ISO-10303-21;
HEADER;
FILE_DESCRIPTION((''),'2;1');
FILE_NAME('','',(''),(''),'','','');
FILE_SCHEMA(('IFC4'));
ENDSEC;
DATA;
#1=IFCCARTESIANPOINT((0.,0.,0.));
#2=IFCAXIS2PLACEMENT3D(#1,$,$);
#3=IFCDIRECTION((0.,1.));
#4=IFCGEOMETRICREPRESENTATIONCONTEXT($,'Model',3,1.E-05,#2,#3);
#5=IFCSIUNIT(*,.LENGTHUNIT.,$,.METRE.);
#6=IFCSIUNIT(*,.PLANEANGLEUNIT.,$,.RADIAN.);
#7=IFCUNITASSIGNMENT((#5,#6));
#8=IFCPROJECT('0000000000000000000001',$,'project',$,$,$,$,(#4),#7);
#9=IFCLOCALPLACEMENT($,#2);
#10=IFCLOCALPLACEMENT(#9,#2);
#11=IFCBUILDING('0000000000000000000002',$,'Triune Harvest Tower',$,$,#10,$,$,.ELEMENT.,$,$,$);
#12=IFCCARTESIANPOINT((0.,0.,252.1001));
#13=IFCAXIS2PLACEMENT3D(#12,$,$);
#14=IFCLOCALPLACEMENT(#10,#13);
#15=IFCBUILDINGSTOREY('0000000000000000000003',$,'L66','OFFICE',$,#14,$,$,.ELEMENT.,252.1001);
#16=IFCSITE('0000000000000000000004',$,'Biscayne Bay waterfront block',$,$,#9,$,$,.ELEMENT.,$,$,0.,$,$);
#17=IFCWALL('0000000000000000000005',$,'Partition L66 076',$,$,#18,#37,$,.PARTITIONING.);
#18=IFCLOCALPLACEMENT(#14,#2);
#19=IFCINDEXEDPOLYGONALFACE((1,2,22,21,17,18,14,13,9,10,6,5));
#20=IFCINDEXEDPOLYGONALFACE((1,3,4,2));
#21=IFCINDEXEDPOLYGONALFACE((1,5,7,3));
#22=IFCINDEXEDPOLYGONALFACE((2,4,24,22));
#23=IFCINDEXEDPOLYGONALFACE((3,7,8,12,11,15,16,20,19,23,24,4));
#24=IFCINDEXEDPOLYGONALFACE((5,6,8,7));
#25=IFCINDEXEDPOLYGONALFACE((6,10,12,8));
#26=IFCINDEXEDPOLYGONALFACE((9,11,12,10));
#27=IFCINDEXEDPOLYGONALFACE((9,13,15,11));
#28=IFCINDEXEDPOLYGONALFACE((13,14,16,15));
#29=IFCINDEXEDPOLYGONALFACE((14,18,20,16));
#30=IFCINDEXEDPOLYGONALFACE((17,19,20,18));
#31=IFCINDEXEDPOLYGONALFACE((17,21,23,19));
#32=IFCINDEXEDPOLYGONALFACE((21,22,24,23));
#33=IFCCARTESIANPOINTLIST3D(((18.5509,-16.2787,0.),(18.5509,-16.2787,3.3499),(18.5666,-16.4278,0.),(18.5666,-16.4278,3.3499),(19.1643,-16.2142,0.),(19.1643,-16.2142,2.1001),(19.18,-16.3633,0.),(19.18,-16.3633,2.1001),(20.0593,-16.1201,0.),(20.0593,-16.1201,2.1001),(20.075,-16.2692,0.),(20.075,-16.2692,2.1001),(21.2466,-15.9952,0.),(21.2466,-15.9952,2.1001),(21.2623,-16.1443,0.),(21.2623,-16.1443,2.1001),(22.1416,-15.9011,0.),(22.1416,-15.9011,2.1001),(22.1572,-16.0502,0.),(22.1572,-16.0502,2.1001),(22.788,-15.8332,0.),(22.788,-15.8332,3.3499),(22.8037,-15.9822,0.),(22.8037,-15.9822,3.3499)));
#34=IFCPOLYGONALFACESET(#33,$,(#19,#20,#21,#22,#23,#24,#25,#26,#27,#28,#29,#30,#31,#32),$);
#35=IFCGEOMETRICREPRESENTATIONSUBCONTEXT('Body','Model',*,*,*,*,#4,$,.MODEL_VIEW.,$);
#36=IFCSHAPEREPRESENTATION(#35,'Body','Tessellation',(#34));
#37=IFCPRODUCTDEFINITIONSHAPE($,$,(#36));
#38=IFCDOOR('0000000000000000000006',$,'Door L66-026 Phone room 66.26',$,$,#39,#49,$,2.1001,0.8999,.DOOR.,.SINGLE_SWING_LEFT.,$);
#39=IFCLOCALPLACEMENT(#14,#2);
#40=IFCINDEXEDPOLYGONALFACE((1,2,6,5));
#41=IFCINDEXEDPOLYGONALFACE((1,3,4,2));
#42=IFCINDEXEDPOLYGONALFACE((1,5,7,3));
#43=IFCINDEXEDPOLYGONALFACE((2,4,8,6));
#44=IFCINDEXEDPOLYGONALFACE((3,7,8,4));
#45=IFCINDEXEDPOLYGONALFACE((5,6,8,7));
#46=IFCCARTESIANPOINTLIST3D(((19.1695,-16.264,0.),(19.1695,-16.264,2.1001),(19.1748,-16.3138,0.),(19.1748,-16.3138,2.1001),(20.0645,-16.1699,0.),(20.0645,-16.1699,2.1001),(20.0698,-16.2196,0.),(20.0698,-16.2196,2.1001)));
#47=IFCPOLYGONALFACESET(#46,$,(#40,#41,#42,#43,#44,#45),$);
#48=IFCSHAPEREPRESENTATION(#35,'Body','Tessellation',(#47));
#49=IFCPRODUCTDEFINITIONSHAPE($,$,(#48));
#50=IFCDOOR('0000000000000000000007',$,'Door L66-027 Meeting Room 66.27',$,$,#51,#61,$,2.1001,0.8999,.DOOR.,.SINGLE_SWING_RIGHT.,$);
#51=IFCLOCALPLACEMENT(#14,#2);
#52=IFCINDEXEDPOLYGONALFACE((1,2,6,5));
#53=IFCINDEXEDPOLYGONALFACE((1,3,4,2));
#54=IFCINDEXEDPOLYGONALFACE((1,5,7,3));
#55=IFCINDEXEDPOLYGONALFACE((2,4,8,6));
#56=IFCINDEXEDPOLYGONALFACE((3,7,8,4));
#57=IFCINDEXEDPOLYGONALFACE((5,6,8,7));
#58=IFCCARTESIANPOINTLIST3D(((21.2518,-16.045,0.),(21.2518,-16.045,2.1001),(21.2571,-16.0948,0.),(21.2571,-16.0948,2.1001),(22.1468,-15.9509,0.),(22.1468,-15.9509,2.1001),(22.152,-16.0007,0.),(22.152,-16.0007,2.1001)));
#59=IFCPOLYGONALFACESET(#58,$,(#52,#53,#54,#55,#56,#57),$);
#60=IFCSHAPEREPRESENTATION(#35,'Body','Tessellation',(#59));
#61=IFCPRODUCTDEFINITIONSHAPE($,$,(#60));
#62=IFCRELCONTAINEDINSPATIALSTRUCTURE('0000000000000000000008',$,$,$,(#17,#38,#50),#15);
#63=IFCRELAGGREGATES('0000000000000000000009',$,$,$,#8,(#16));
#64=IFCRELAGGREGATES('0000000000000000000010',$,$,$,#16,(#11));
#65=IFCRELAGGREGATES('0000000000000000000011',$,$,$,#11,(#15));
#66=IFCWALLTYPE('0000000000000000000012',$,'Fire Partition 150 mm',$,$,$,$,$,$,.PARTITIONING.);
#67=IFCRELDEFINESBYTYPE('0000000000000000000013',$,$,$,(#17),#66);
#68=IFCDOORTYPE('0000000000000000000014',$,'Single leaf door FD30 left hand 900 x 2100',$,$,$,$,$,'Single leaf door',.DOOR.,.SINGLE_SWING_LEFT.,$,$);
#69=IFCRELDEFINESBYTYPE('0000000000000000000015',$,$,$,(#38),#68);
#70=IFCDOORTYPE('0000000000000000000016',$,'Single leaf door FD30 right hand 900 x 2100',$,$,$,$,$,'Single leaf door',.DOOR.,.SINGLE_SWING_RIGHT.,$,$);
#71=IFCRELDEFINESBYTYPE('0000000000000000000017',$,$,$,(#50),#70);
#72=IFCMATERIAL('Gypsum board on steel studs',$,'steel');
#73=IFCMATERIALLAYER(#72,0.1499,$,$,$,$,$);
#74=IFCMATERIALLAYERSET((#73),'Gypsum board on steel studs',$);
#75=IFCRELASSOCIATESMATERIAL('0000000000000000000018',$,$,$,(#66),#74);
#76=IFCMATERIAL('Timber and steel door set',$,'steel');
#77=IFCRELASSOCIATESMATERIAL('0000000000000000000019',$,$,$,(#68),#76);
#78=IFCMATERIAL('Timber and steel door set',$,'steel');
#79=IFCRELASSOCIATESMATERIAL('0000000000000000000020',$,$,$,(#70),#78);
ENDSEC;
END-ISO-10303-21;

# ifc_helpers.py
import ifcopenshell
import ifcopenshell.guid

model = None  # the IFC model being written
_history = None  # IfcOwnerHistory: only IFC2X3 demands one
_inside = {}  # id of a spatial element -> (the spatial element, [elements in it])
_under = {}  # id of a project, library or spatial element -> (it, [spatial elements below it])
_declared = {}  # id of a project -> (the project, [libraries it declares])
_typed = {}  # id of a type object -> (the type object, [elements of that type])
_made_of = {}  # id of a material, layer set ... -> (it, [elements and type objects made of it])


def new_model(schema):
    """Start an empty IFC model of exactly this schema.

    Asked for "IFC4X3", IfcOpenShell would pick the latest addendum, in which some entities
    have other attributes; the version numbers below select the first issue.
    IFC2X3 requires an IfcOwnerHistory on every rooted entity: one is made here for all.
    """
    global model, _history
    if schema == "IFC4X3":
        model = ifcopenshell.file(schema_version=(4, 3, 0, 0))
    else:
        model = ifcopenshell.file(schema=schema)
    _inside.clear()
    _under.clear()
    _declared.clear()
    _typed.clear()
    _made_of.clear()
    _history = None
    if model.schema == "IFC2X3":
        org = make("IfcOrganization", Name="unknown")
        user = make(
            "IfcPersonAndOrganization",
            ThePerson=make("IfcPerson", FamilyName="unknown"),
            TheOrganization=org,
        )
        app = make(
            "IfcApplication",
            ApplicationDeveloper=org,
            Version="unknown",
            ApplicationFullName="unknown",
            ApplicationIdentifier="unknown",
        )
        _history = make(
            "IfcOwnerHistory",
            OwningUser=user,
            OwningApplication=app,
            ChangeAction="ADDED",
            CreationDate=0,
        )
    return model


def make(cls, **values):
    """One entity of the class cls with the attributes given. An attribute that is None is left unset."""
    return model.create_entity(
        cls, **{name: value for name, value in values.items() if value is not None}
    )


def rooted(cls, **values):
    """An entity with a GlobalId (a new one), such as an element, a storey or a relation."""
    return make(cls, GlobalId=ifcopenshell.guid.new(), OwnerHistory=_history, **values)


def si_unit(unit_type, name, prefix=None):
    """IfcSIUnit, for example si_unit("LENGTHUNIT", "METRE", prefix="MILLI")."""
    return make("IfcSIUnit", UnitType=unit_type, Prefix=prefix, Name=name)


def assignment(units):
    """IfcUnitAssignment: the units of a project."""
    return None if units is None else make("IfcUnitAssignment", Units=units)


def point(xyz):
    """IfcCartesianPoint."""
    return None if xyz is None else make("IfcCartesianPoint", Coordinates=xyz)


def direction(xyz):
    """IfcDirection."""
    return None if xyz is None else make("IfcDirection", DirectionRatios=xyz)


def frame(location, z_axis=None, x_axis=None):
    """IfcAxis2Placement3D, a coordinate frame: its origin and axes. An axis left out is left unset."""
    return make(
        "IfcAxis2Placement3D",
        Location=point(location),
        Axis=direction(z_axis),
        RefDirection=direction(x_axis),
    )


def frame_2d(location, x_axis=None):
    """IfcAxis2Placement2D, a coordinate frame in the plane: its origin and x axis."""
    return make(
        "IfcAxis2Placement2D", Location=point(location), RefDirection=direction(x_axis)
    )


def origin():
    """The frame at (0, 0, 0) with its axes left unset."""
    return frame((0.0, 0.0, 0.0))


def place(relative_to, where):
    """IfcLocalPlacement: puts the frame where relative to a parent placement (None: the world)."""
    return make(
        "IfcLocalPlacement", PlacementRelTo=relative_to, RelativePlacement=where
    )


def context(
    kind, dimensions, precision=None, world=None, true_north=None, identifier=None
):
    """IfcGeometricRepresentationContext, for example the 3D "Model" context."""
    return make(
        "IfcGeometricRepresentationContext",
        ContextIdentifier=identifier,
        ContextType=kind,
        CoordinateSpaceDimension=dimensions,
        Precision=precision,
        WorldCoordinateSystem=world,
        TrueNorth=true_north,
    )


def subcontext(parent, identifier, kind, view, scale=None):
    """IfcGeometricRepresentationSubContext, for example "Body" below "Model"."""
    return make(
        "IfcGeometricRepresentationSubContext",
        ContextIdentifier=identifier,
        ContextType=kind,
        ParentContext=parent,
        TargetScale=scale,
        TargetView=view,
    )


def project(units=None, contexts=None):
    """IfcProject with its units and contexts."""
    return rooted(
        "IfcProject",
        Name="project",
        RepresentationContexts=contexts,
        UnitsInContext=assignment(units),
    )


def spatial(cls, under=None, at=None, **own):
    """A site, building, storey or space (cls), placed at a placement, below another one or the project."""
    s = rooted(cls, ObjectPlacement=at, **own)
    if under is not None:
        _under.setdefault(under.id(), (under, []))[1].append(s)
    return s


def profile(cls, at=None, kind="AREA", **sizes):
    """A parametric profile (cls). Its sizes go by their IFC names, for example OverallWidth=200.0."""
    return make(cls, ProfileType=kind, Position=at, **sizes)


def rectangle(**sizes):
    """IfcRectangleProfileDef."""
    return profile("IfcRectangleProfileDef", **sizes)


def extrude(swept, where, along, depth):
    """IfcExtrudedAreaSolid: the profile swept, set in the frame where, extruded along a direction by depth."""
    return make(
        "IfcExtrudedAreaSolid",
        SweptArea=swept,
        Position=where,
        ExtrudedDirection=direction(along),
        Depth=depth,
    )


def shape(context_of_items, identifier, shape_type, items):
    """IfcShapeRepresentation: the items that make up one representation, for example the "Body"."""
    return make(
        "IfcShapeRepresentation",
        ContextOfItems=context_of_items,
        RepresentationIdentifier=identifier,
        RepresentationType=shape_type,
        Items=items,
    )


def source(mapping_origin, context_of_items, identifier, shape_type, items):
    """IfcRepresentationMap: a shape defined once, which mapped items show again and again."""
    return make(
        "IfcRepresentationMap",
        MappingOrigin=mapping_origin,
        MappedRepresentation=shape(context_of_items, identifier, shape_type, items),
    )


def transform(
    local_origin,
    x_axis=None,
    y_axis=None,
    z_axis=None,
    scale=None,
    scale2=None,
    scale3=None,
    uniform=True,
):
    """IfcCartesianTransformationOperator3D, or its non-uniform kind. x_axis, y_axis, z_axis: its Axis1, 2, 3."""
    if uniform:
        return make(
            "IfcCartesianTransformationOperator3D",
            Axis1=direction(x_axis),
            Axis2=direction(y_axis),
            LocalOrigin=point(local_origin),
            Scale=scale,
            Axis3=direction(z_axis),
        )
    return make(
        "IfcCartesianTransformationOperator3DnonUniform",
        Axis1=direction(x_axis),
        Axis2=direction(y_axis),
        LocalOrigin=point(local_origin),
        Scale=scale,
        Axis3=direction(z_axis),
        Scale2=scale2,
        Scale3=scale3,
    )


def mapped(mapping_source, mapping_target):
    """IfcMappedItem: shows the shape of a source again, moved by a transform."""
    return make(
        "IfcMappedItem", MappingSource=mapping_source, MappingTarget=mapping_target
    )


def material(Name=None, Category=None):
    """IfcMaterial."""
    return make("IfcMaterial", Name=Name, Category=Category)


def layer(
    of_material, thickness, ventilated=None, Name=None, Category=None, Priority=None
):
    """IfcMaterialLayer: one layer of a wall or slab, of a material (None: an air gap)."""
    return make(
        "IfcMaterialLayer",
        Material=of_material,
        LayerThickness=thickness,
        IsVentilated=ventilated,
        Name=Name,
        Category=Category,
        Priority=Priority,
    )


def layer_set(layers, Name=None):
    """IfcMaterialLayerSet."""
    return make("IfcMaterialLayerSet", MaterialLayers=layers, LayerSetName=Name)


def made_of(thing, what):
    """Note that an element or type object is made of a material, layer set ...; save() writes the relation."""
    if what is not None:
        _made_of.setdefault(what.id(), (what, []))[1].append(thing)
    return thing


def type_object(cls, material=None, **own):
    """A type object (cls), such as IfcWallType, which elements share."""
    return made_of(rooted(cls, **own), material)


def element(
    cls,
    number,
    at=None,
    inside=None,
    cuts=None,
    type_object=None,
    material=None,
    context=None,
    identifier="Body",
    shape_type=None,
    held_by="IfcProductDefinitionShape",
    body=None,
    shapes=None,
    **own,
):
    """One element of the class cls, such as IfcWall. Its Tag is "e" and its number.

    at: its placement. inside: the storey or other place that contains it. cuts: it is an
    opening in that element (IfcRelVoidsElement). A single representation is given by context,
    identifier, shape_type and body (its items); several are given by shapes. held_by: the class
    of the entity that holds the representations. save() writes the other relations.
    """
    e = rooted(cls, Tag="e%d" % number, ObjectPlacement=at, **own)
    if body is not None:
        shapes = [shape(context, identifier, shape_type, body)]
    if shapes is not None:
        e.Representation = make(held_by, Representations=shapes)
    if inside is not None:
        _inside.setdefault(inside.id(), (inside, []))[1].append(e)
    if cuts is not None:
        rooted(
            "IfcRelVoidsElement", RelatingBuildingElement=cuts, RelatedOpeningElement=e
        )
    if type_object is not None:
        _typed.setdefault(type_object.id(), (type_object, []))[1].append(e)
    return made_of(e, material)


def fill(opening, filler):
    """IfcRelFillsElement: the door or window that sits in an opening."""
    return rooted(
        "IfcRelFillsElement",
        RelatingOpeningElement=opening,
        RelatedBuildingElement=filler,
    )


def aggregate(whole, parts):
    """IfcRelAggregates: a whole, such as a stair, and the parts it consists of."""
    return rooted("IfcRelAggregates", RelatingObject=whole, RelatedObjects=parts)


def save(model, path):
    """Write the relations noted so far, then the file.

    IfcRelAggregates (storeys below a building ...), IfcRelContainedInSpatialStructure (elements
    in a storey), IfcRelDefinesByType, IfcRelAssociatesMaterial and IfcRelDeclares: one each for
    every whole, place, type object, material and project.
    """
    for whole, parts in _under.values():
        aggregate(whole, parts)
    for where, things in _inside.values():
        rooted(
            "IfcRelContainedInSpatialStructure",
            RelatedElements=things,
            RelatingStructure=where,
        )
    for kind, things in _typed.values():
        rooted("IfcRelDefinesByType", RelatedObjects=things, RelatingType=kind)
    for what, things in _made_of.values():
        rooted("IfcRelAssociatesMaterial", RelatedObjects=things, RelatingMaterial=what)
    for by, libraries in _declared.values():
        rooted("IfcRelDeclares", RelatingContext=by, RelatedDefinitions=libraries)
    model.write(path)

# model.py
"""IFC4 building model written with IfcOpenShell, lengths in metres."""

from ifc_helpers import new_model, si_unit, direction, frame, frame_2d, origin, place, context, subcontext, project, spatial, rectangle, extrude, source, transform, mapped, material, layer, layer_set, type_object, element, fill, save


model = new_model("IFC4")

# Units and contexts
model_context = context("Model", 3, precision=1e-05, world=origin(), true_north=direction((0.0, 1.0)))
body_context = subcontext(model_context, "Body", "Model", "MODEL_VIEW")
ifc_project = project(units=[si_unit("LENGTHUNIT", "METRE"), si_unit("PLANEANGLEUNIT", "RADIAN")], contexts=[model_context])

# Site, building, storey
site_placement = place(None, origin())
site = spatial("IfcSite", under=ifc_project, at=site_placement, Name="Biscayne Bay waterfront block", CompositionType="ELEMENT", RefElevation=0.0)
building_placement = place(site_placement, origin())
building = spatial("IfcBuilding", under=site, at=building_placement, Name="Triune Harvest Tower", CompositionType="ELEMENT")
storey_placement = place(building_placement, frame((0.0, 0.0, 252.1001)))
storey = spatial("IfcBuildingStorey", under=building, at=storey_placement, Name="L66", Description="OFFICE", CompositionType="ELEMENT", Elevation=252.1001)

# Shared definitions
ifc_material_1 = material(Name="Gypsum board on steel studs", Category="steel")
ifc_layer_1 = layer(ifc_material_1, 0.1499)
ifc_layer_set_1 = layer_set([ifc_layer_1], Name="Gypsum board on steel studs")
wall_type_1 = type_object("IfcWallType", Name="Fire Partition 150 mm", PredefinedType="PARTITIONING", material=ifc_layer_set_1)

# Wall, openings, doors
shared_shape_1 = source(origin(), body_context, "Body", "SweptSolid", [
    extrude(rectangle(XDim=4.2605, YDim=0.1499, at=frame_2d((2.1304, 0.0))), origin(), (0.0, 0.0, 1.0), 3.3499),
])
wall_1_placement = place(storey_placement, frame((18.5586, -16.3533, 0.0), z_axis=(0.0, 0.0, 1.0), x_axis=(0.994516, 0.10458, 0.0)))
wall_1 = element("IfcWall", 1, at=wall_1_placement, inside=storey, type_object=wall_type_1, Name="Partition L66 076", PredefinedType="PARTITIONING", context=body_context, shape_type="MappedRepresentation", body=[
    mapped(shared_shape_1, transform((0.0, 0.0, 0.0), scale=1.0)),
])
opening_1_placement = place(wall_1_placement, frame((0.6169, 0.0, 0.0)))
opening_1 = element("IfcOpeningElement", 2, at=opening_1_placement, cuts=wall_1, PredefinedType="OPENING", context=body_context, shape_type="SweptSolid", body=[
    extrude(rectangle(XDim=0.8999, YDim=2.1001, at=frame_2d((0.45, 1.05))), frame((0.0, 0.085, 0.0), z_axis=(0.0, -1.0, 0.0), x_axis=(1.0, 0.0, 0.0)), (0.0, 0.0, 1.0), 0.1699),
])
opening_2_placement = place(wall_1_placement, frame((2.7107, 0.0, 0.0)))
opening_2 = element("IfcOpeningElement", 3, at=opening_2_placement, cuts=wall_1, PredefinedType="OPENING", context=body_context, shape_type="SweptSolid", body=[
    extrude(rectangle(XDim=0.8999, YDim=2.1001, at=frame_2d((0.45, 1.05))), frame((0.0, 0.085, 0.0), z_axis=(0.0, -1.0, 0.0), x_axis=(1.0, 0.0, 0.0)), (0.0, 0.0, 1.0), 0.1699),
])
ifc_material_2 = material(Name="Timber and steel door set", Category="steel")
door_type_1 = type_object("IfcDoorType", Name="Single leaf door FD30 left hand 900 x 2100", ElementType="Single leaf door", OperationType="SINGLE_SWING_LEFT", PredefinedType="DOOR", material=ifc_material_2)
door_1_placement = place(opening_1_placement, origin())
door_1 = element("IfcDoor", 4, at=door_1_placement, inside=storey, type_object=door_type_1, Name="Door L66-026 Phone room 66.26", OperationType="SINGLE_SWING_LEFT", OverallHeight=2.1001, OverallWidth=0.8999, PredefinedType="DOOR", context=body_context, shape_type="SweptSolid", body=[
    extrude(rectangle(XDim=0.8999, YDim=2.1001, at=frame_2d((0.45, 1.05))), frame((0.0, 0.0249, 0.0), z_axis=(0.0, -1.0, 0.0), x_axis=(1.0, 0.0, 0.0)), (0.0, 0.0, 1.0), 0.05),
])
fill(opening_1, door_1)
ifc_material_3 = material(Name="Timber and steel door set", Category="steel")
door_type_2 = type_object("IfcDoorType", Name="Single leaf door FD30 right hand 900 x 2100", ElementType="Single leaf door", OperationType="SINGLE_SWING_RIGHT", PredefinedType="DOOR", material=ifc_material_3)
door_2_placement = place(opening_2_placement, origin())
door_2 = element("IfcDoor", 5, at=door_2_placement, inside=storey, type_object=door_type_2, Name="Door L66-027 Meeting Room 66.27", OperationType="SINGLE_SWING_RIGHT", OverallHeight=2.1001, OverallWidth=0.8999, PredefinedType="DOOR", context=body_context, shape_type="SweptSolid", body=[
    extrude(rectangle(XDim=0.8999, YDim=2.1001, at=frame_2d((0.45, 1.05))), frame((0.0, 0.0249, 0.0), z_axis=(0.0, -1.0, 0.0), x_axis=(1.0, 0.0, 0.0)), (0.0, 0.0, 1.0), 0.05),
])
fill(opening_2, door_2)

save(model, "model.ifc")
